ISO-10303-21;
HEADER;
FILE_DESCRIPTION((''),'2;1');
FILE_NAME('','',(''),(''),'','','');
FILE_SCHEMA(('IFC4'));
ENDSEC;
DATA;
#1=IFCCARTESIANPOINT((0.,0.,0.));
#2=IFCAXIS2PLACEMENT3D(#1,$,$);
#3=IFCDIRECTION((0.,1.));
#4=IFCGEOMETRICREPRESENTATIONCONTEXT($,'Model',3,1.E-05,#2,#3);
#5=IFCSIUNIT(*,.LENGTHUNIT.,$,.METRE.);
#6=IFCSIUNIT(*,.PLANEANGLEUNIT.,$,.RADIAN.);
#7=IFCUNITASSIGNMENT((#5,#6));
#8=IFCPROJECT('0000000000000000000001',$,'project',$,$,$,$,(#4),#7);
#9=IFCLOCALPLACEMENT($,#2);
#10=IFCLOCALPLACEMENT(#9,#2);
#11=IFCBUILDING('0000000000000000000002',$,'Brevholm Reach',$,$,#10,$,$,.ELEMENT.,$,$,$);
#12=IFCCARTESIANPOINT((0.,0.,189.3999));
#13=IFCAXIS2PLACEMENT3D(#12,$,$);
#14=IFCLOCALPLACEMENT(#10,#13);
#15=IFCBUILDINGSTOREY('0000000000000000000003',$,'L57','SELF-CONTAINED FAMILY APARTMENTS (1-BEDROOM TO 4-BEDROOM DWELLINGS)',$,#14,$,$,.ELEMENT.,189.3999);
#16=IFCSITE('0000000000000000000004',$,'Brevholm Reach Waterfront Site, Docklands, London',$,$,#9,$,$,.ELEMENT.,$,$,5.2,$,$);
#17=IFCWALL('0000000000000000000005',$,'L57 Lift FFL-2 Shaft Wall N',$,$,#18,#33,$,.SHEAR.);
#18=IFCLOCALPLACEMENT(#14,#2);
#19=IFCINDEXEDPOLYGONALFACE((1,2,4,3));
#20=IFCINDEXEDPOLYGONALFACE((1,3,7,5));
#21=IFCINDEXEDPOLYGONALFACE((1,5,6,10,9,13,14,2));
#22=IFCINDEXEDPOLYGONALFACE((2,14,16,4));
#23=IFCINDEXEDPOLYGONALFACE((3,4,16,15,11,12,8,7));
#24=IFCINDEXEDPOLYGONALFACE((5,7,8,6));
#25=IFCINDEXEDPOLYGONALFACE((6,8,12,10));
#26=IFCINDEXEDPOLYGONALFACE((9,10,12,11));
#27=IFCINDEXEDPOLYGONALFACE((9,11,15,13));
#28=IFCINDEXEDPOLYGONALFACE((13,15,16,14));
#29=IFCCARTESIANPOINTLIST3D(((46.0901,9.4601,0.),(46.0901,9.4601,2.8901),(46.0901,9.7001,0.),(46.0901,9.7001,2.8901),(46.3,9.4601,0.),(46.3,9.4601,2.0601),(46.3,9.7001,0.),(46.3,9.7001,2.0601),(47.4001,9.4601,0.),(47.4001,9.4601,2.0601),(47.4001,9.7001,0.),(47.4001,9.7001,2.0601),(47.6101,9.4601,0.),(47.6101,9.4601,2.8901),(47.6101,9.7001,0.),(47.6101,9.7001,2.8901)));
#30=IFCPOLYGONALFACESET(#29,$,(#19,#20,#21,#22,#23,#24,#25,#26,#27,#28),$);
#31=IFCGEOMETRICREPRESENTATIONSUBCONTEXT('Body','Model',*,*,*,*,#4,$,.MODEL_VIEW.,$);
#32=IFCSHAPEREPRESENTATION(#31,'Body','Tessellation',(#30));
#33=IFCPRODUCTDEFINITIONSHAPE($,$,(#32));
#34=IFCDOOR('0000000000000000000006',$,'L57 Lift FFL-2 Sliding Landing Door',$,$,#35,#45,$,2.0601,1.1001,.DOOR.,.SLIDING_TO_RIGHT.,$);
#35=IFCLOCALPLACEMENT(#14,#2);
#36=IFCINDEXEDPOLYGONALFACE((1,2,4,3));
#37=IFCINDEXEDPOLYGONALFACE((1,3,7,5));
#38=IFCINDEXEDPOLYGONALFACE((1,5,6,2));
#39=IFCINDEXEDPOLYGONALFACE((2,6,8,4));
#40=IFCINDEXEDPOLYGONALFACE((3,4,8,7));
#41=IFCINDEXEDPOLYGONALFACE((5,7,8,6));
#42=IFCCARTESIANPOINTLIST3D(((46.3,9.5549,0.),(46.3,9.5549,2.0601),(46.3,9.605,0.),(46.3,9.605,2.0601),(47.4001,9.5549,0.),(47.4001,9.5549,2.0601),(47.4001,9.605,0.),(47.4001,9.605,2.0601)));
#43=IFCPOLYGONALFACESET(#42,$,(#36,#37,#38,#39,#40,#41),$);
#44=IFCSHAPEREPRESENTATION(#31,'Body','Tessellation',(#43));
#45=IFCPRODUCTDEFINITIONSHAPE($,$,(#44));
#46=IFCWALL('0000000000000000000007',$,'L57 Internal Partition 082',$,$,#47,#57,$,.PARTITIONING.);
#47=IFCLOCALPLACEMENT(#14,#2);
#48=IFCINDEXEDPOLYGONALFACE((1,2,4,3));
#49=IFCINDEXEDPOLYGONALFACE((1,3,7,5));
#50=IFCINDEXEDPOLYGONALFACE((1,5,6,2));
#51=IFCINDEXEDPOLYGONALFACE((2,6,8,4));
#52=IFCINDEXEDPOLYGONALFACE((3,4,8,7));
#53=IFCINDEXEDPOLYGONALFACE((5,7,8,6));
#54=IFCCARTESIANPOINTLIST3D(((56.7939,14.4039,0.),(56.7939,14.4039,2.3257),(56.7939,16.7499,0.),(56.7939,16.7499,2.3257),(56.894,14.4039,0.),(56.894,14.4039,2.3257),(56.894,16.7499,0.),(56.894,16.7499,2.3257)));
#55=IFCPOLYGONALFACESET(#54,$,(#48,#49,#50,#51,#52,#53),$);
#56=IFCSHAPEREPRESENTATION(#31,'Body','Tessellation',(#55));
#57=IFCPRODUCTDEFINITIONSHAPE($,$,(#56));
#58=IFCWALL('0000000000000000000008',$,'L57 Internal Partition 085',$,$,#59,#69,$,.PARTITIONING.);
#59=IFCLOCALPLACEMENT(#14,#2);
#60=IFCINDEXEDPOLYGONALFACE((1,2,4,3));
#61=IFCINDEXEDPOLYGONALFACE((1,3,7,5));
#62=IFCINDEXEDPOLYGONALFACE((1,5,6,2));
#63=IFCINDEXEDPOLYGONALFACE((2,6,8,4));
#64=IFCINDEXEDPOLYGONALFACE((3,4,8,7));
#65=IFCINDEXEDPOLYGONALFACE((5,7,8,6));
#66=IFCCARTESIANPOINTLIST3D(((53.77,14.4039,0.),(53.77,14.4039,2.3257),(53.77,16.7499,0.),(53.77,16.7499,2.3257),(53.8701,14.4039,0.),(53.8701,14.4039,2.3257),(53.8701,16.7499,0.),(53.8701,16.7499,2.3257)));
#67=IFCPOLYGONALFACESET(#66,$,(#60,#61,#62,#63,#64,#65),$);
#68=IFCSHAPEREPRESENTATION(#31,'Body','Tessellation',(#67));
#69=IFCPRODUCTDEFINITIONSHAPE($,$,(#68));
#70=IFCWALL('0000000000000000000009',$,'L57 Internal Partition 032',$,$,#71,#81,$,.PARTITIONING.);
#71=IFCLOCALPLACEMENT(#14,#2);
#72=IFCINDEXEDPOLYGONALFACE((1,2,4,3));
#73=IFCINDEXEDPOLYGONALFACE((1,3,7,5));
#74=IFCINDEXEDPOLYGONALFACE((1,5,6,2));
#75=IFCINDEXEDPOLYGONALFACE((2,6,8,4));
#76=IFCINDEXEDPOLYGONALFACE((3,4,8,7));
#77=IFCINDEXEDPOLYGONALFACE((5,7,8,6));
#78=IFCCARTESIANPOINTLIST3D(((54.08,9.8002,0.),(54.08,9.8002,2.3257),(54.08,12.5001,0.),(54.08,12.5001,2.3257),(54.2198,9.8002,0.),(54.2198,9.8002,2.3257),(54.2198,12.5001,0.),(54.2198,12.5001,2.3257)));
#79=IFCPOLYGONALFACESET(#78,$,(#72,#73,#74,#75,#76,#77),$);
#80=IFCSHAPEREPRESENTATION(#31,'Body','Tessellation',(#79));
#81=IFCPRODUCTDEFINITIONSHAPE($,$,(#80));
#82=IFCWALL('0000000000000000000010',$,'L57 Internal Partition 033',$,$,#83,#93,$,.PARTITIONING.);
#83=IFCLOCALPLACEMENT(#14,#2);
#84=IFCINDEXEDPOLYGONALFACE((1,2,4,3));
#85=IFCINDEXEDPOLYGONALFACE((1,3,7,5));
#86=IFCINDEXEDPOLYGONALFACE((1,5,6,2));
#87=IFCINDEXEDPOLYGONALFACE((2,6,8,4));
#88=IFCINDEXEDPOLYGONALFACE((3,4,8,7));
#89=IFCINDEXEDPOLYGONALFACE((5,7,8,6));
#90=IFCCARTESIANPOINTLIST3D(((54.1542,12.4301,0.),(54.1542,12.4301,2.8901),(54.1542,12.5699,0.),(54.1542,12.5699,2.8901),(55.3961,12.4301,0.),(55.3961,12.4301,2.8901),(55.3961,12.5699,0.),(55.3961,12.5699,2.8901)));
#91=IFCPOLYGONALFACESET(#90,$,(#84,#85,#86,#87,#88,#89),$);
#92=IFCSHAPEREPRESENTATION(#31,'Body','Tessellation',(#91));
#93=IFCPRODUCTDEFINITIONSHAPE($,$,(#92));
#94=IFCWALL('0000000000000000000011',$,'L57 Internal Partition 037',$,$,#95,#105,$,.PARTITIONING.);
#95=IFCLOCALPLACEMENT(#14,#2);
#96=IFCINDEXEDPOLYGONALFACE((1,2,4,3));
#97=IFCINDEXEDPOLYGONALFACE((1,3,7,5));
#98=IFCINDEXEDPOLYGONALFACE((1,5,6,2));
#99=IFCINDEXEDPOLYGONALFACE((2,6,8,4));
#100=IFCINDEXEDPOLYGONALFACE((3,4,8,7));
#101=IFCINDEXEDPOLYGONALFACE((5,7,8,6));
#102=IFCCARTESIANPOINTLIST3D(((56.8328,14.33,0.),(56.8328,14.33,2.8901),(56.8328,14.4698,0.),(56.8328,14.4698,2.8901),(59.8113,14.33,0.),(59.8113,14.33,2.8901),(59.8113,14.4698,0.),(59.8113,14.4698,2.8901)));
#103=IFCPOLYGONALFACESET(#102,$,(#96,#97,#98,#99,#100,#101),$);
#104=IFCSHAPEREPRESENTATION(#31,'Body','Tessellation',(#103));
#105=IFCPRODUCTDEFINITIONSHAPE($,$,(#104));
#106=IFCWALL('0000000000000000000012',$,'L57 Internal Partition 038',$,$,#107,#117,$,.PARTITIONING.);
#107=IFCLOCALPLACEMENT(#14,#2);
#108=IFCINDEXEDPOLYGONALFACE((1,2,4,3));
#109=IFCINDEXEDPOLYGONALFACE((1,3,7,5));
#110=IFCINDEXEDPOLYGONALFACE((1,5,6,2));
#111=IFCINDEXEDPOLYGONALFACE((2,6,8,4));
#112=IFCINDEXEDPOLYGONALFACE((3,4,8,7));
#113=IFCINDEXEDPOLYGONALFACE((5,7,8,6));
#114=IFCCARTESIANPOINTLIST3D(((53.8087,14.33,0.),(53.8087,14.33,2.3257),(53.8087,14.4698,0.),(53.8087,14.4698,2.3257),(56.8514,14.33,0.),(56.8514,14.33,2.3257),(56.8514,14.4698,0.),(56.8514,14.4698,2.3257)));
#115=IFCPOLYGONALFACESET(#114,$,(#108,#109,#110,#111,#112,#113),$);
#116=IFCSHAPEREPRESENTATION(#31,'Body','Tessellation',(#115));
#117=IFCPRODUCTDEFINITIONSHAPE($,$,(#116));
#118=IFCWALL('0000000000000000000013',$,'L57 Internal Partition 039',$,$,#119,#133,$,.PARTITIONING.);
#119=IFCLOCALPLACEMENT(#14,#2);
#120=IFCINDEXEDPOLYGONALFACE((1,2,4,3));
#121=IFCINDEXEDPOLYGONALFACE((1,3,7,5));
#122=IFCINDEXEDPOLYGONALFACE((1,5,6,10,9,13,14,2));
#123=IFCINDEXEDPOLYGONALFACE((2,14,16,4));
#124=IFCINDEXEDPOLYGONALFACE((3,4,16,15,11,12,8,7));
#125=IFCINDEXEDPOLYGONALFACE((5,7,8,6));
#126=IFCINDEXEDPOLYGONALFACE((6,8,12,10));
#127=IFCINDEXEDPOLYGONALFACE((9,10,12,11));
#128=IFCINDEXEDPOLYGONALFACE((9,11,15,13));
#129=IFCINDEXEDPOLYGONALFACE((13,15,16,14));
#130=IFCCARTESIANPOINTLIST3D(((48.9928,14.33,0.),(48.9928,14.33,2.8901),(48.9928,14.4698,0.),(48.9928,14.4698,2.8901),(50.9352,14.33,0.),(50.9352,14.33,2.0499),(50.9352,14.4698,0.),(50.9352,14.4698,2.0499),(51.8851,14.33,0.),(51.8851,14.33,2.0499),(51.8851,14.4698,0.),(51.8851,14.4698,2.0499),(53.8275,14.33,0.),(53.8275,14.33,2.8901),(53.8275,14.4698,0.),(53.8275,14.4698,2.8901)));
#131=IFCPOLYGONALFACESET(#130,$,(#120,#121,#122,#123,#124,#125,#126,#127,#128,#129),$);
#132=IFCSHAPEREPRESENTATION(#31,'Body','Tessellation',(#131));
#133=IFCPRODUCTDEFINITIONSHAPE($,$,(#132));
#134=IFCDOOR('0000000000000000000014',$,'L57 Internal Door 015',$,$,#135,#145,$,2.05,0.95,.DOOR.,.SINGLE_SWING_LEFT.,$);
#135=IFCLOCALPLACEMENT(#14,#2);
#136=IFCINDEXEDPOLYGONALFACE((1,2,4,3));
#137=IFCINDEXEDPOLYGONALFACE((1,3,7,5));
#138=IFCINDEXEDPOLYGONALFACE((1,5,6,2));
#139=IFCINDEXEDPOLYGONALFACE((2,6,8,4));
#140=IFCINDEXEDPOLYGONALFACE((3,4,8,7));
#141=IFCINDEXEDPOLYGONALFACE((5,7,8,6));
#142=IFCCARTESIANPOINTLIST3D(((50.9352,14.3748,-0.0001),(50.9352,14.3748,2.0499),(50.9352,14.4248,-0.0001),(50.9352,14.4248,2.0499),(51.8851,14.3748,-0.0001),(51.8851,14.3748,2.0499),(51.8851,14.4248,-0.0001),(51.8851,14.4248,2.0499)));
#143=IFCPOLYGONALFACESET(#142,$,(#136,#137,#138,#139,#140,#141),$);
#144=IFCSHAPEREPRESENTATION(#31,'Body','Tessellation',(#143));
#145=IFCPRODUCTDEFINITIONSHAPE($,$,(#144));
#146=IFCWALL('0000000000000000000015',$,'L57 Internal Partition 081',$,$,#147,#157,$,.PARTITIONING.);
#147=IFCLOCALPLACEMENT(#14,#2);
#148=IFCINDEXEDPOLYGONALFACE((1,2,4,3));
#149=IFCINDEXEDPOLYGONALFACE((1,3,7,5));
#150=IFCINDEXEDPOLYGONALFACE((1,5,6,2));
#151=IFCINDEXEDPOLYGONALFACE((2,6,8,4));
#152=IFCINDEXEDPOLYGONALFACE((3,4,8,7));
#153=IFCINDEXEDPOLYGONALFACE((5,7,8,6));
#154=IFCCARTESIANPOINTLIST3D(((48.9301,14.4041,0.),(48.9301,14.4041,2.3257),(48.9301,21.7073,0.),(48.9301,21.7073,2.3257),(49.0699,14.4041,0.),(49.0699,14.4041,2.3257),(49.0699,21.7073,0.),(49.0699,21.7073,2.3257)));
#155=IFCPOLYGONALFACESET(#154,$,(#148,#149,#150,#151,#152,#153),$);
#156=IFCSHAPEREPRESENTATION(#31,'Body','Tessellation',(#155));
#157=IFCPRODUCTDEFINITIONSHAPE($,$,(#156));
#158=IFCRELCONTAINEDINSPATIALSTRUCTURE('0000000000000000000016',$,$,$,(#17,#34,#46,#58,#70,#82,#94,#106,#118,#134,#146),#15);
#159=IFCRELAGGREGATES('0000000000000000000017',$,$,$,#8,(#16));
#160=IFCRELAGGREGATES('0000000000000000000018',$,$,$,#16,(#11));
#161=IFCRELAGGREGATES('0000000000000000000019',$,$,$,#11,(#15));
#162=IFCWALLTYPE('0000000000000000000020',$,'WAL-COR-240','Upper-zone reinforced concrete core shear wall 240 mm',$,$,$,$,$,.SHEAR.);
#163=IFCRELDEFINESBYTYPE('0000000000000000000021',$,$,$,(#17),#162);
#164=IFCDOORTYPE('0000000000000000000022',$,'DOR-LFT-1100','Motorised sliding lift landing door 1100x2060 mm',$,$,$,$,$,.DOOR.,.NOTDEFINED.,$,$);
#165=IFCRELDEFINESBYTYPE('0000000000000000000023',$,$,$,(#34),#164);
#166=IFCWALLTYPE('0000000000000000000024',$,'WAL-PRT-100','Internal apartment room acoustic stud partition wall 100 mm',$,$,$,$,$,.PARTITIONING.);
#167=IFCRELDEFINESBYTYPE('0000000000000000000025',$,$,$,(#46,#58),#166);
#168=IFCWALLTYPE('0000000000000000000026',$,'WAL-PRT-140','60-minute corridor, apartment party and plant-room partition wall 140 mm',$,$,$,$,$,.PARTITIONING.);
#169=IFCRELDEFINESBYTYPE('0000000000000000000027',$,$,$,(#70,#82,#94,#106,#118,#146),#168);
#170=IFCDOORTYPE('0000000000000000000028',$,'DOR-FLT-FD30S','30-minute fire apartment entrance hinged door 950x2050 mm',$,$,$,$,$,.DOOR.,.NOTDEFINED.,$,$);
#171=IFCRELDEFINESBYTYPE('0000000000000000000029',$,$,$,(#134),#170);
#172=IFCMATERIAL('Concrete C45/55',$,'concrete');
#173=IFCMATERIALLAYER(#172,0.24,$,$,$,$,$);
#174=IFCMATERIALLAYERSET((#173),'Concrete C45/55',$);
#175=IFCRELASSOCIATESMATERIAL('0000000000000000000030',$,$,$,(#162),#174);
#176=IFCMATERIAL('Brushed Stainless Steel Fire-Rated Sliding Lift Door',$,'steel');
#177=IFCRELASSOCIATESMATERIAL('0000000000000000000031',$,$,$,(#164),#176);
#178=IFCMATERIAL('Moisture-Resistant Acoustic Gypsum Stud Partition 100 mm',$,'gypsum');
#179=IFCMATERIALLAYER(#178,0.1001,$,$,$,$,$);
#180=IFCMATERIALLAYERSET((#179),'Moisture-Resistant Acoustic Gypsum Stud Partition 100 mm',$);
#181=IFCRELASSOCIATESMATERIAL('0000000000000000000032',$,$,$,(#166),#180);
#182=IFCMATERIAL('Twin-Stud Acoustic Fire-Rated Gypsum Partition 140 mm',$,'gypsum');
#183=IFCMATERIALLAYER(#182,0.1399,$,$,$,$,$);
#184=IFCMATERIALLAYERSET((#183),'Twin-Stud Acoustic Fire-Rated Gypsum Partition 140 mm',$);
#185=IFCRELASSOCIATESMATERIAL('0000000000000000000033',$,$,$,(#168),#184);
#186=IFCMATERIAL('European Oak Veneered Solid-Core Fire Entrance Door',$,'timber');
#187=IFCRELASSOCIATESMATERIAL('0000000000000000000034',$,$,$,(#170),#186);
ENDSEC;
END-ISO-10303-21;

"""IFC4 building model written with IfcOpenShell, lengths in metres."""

from ifc_helpers import new_model, si_unit, direction, frame, frame_2d, origin, place, context, subcontext, project, spatial, rectangle, extrude, material, layer, layer_set, type_object, element, fill, save


model = new_model("IFC4")

# Units and contexts
model_context = context("Model", 3, precision=1e-05, world=origin(), true_north=direction((0.0, 1.0)))
body_context = subcontext(model_context, "Body", "Model", "MODEL_VIEW")
ifc_project = project(units=[si_unit("LENGTHUNIT", "METRE"), si_unit("PLANEANGLEUNIT", "RADIAN")], contexts=[model_context])

# Site, building, storey
site_placement = place(None, origin())
site = spatial("IfcSite", under=ifc_project, at=site_placement, Name="Brevholm Reach Waterfront Site, Docklands, London", CompositionType="ELEMENT", RefElevation=5.2)
building_placement = place(site_placement, origin())
building = spatial("IfcBuilding", under=site, at=building_placement, Name="Brevholm Reach", CompositionType="ELEMENT")
storey_placement = place(building_placement, frame((0.0, 0.0, 189.3999)))
storey = spatial("IfcBuildingStorey", under=building, at=storey_placement, Name="L57", Description="SELF-CONTAINED FAMILY APARTMENTS (1-BEDROOM TO 4-BEDROOM DWELLINGS)", CompositionType="ELEMENT", Elevation=189.3999)

# Wall, opening, door
ifc_material_1 = material(Name="Concrete C45/55", Category="concrete")
ifc_layer_1 = layer(ifc_material_1, 0.24)
ifc_layer_set_1 = layer_set([ifc_layer_1], Name="Concrete C45/55")
wall_type_1 = type_object("IfcWallType", Name="WAL-COR-240", Description="Upper-zone reinforced concrete core shear wall 240 mm", PredefinedType="SHEAR", material=ifc_layer_set_1)
wall_1_placement = place(storey_placement, frame((46.0901, 9.5801, 0.0), z_axis=(0.0, 0.0, 1.0), x_axis=(1.0, 0.0, 0.0)))
wall_1 = element("IfcWall", 1, at=wall_1_placement, inside=storey, type_object=wall_type_1, Name="L57 Lift FFL-2 Shaft Wall N", PredefinedType="SHEAR", context=body_context, shape_type="SweptSolid", body=[
    extrude(rectangle(XDim=1.52, YDim=0.24, at=frame_2d((0.76, 0.0))), origin(), (0.0, 0.0, 1.0), 2.8901),
])
opening_1_placement = place(wall_1_placement, frame((0.21, 0.0, 0.0)))
opening_1 = element("IfcOpeningElement", 2, at=opening_1_placement, cuts=wall_1, PredefinedType="OPENING", context=body_context, shape_type="SweptSolid", body=[
    extrude(rectangle(XDim=1.1001, YDim=2.0601, at=frame_2d((0.55, 1.03))), frame((0.0, 0.1299, 0.0), z_axis=(0.0, -1.0, 0.0), x_axis=(1.0, 0.0, 0.0)), (0.0, 0.0, 1.0), 0.26),
])
ifc_material_2 = material(Name="Brushed Stainless Steel Fire-Rated Sliding Lift Door", Category="steel")
door_type_1 = type_object("IfcDoorType", Name="DOR-LFT-1100", Description="Motorised sliding lift landing door 1100x2060 mm", OperationType="NOTDEFINED", PredefinedType="DOOR", material=ifc_material_2)
door_1_placement = place(opening_1_placement, origin())
door_1 = element("IfcDoor", 3, at=door_1_placement, inside=storey, type_object=door_type_1, Name="L57 Lift FFL-2 Sliding Landing Door", OperationType="SLIDING_TO_RIGHT", OverallHeight=2.0601, OverallWidth=1.1001, PredefinedType="DOOR", context=body_context, shape_type="SweptSolid", body=[
    extrude(rectangle(XDim=1.1001, YDim=2.0601, at=frame_2d((0.55, 1.03))), frame((0.0, 0.0249, 0.0), z_axis=(0.0, -1.0, 0.0), x_axis=(1.0, 0.0, 0.0)), (0.0, 0.0, 1.0), 0.05),
])
fill(opening_1, door_1)

# Walls
ifc_material_3 = material(Name="Moisture-Resistant Acoustic Gypsum Stud Partition 100 mm", Category="gypsum")
ifc_layer_2 = layer(ifc_material_3, 0.1001)
ifc_layer_set_2 = layer_set([ifc_layer_2], Name="Moisture-Resistant Acoustic Gypsum Stud Partition 100 mm")
wall_type_2 = type_object("IfcWallType", Name="WAL-PRT-100", Description="Internal apartment room acoustic stud partition wall 100 mm", PredefinedType="PARTITIONING", material=ifc_layer_set_2)
for number, where, z_axis, x_axis, name in (
    (4, (56.844, 14.4041, 0.0), (0.0, 0.0, 1.0), (0.0, 1.0, 0.0), "L57 Internal Partition 082"),
    (5, (53.8201, 14.4041, 0.0), (0.0, 0.0, 1.0), (0.0, 1.0, 0.0), "L57 Internal Partition 085"),
):
    element("IfcWall", number, at=place(storey_placement, frame(where, z_axis=z_axis, x_axis=x_axis)), inside=storey, type_object=wall_type_2, Name=name, PredefinedType="PARTITIONING", context=body_context, shape_type="SweptSolid", body=[
        extrude(rectangle(XDim=2.3459, YDim=0.1001, at=frame_2d((1.1729, 0.0))), origin(), (0.0, 0.0, 1.0), 2.3257),
    ])
ifc_material_4 = material(Name="Twin-Stud Acoustic Fire-Rated Gypsum Partition 140 mm", Category="gypsum")
ifc_layer_3 = layer(ifc_material_4, 0.1399)
ifc_layer_set_3 = layer_set([ifc_layer_3], Name="Twin-Stud Acoustic Fire-Rated Gypsum Partition 140 mm")
wall_type_3 = type_object("IfcWallType", Name="WAL-PRT-140", Description="60-minute corridor, apartment party and plant-room partition wall 140 mm", PredefinedType="PARTITIONING", material=ifc_layer_set_3)
wall_2_placement = place(storey_placement, frame((54.1499, 9.8, 0.0), z_axis=(0.0, 0.0, 1.0), x_axis=(0.0, 1.0, 0.0)))
element("IfcWall", 6, at=wall_2_placement, inside=storey, type_object=wall_type_3, Name="L57 Internal Partition 032", PredefinedType="PARTITIONING", context=body_context, shape_type="SweptSolid", body=[
    extrude(rectangle(XDim=2.7, YDim=0.1399, at=frame_2d((1.3501, 0.0))), origin(), (0.0, 0.0, 1.0), 2.3257),
])
wall_3_placement = place(storey_placement, frame((54.1541, 12.5, 0.0), z_axis=(0.0, 0.0, 1.0), x_axis=(1.0, 0.0, 0.0)))
element("IfcWall", 7, at=wall_3_placement, inside=storey, type_object=wall_type_3, Name="L57 Internal Partition 033", PredefinedType="PARTITIONING", context=body_context, shape_type="SweptSolid", body=[
    extrude(rectangle(XDim=1.2419, YDim=0.1399, at=frame_2d((0.6211, 0.0))), origin(), (0.0, 0.0, 1.0), 2.8901),
])
wall_4_placement = place(storey_placement, frame((56.8328, 14.3999, 0.0), z_axis=(0.0, 0.0, 1.0), x_axis=(1.0, 0.0, 0.0)))
element("IfcWall", 8, at=wall_4_placement, inside=storey, type_object=wall_type_3, Name="L57 Internal Partition 037", PredefinedType="PARTITIONING", context=body_context, shape_type="SweptSolid", body=[
    extrude(rectangle(XDim=2.9785, YDim=0.1399, at=frame_2d((1.4893, 0.0))), origin(), (0.0, 0.0, 1.0), 2.8901),
])
wall_5_placement = place(storey_placement, frame((53.8086, 14.3999, 0.0), z_axis=(0.0, 0.0, 1.0), x_axis=(1.0, 0.0, 0.0)))
element("IfcWall", 9, at=wall_5_placement, inside=storey, type_object=wall_type_3, Name="L57 Internal Partition 038", PredefinedType="PARTITIONING", context=body_context, shape_type="SweptSolid", body=[
    extrude(rectangle(XDim=3.0427, YDim=0.1399, at=frame_2d((1.5215, 0.0))), origin(), (0.0, 0.0, 1.0), 2.3257),
])

# Wall, opening, door
wall_6_placement = place(storey_placement, frame((48.9927, 14.3999, 0.0), z_axis=(0.0, 0.0, 1.0), x_axis=(1.0, 0.0, 0.0)))
wall_6 = element("IfcWall", 10, at=wall_6_placement, inside=storey, type_object=wall_type_3, Name="L57 Internal Partition 039", PredefinedType="PARTITIONING", context=body_context, shape_type="SweptSolid", body=[
    extrude(rectangle(XDim=4.8347, YDim=0.1399, at=frame_2d((2.4175, 0.0))), origin(), (0.0, 0.0, 1.0), 2.8901),
])
opening_2_placement = place(wall_6_placement, frame((1.9424, 0.0, 0.0)))
opening_2 = element("IfcOpeningElement", 11, at=opening_2_placement, cuts=wall_6, PredefinedType="OPENING", context=body_context, shape_type="SweptSolid", body=[
    extrude(rectangle(XDim=0.95, YDim=2.05, at=frame_2d((0.4751, 1.0249))), frame((0.0, 0.0798, 0.0), z_axis=(0.0, -1.0, 0.0), x_axis=(1.0, 0.0, 0.0)), (0.0, 0.0, 1.0), 0.1599),
])
ifc_material_5 = material(Name="European Oak Veneered Solid-Core Fire Entrance Door", Category="timber")
door_type_2 = type_object("IfcDoorType", Name="DOR-FLT-FD30S", Description="30-minute fire apartment entrance hinged door 950x2050 mm", OperationType="NOTDEFINED", PredefinedType="DOOR", material=ifc_material_5)
door_2_placement = place(opening_2_placement, origin())
door_2 = element("IfcDoor", 12, at=door_2_placement, inside=storey, type_object=door_type_2, Name="L57 Internal Door 015", OperationType="SINGLE_SWING_LEFT", OverallHeight=2.05, OverallWidth=0.95, PredefinedType="DOOR", context=body_context, shape_type="SweptSolid", body=[
    extrude(rectangle(XDim=0.95, YDim=2.05, at=frame_2d((0.4751, 1.0249))), frame((0.0, 0.0249, 0.0), z_axis=(0.0, -1.0, 0.0), x_axis=(1.0, 0.0, 0.0)), (0.0, 0.0, 1.0), 0.05),
])
fill(opening_2, door_2)

# Wall
wall_7_placement = place(storey_placement, frame((49.0, 14.4041, 0.0), z_axis=(0.0, 0.0, 1.0), x_axis=(0.0, 1.0, 0.0)))
element("IfcWall", 13, at=wall_7_placement, inside=storey, type_object=wall_type_3, Name="L57 Internal Partition 081", PredefinedType="PARTITIONING", context=body_context, shape_type="SweptSolid", body=[
    extrude(rectangle(XDim=7.3032, YDim=0.1399, at=frame_2d((3.6516, 0.0))), origin(), (0.0, 0.0, 1.0), 2.3257),
])

save(model, "model.ifc")
